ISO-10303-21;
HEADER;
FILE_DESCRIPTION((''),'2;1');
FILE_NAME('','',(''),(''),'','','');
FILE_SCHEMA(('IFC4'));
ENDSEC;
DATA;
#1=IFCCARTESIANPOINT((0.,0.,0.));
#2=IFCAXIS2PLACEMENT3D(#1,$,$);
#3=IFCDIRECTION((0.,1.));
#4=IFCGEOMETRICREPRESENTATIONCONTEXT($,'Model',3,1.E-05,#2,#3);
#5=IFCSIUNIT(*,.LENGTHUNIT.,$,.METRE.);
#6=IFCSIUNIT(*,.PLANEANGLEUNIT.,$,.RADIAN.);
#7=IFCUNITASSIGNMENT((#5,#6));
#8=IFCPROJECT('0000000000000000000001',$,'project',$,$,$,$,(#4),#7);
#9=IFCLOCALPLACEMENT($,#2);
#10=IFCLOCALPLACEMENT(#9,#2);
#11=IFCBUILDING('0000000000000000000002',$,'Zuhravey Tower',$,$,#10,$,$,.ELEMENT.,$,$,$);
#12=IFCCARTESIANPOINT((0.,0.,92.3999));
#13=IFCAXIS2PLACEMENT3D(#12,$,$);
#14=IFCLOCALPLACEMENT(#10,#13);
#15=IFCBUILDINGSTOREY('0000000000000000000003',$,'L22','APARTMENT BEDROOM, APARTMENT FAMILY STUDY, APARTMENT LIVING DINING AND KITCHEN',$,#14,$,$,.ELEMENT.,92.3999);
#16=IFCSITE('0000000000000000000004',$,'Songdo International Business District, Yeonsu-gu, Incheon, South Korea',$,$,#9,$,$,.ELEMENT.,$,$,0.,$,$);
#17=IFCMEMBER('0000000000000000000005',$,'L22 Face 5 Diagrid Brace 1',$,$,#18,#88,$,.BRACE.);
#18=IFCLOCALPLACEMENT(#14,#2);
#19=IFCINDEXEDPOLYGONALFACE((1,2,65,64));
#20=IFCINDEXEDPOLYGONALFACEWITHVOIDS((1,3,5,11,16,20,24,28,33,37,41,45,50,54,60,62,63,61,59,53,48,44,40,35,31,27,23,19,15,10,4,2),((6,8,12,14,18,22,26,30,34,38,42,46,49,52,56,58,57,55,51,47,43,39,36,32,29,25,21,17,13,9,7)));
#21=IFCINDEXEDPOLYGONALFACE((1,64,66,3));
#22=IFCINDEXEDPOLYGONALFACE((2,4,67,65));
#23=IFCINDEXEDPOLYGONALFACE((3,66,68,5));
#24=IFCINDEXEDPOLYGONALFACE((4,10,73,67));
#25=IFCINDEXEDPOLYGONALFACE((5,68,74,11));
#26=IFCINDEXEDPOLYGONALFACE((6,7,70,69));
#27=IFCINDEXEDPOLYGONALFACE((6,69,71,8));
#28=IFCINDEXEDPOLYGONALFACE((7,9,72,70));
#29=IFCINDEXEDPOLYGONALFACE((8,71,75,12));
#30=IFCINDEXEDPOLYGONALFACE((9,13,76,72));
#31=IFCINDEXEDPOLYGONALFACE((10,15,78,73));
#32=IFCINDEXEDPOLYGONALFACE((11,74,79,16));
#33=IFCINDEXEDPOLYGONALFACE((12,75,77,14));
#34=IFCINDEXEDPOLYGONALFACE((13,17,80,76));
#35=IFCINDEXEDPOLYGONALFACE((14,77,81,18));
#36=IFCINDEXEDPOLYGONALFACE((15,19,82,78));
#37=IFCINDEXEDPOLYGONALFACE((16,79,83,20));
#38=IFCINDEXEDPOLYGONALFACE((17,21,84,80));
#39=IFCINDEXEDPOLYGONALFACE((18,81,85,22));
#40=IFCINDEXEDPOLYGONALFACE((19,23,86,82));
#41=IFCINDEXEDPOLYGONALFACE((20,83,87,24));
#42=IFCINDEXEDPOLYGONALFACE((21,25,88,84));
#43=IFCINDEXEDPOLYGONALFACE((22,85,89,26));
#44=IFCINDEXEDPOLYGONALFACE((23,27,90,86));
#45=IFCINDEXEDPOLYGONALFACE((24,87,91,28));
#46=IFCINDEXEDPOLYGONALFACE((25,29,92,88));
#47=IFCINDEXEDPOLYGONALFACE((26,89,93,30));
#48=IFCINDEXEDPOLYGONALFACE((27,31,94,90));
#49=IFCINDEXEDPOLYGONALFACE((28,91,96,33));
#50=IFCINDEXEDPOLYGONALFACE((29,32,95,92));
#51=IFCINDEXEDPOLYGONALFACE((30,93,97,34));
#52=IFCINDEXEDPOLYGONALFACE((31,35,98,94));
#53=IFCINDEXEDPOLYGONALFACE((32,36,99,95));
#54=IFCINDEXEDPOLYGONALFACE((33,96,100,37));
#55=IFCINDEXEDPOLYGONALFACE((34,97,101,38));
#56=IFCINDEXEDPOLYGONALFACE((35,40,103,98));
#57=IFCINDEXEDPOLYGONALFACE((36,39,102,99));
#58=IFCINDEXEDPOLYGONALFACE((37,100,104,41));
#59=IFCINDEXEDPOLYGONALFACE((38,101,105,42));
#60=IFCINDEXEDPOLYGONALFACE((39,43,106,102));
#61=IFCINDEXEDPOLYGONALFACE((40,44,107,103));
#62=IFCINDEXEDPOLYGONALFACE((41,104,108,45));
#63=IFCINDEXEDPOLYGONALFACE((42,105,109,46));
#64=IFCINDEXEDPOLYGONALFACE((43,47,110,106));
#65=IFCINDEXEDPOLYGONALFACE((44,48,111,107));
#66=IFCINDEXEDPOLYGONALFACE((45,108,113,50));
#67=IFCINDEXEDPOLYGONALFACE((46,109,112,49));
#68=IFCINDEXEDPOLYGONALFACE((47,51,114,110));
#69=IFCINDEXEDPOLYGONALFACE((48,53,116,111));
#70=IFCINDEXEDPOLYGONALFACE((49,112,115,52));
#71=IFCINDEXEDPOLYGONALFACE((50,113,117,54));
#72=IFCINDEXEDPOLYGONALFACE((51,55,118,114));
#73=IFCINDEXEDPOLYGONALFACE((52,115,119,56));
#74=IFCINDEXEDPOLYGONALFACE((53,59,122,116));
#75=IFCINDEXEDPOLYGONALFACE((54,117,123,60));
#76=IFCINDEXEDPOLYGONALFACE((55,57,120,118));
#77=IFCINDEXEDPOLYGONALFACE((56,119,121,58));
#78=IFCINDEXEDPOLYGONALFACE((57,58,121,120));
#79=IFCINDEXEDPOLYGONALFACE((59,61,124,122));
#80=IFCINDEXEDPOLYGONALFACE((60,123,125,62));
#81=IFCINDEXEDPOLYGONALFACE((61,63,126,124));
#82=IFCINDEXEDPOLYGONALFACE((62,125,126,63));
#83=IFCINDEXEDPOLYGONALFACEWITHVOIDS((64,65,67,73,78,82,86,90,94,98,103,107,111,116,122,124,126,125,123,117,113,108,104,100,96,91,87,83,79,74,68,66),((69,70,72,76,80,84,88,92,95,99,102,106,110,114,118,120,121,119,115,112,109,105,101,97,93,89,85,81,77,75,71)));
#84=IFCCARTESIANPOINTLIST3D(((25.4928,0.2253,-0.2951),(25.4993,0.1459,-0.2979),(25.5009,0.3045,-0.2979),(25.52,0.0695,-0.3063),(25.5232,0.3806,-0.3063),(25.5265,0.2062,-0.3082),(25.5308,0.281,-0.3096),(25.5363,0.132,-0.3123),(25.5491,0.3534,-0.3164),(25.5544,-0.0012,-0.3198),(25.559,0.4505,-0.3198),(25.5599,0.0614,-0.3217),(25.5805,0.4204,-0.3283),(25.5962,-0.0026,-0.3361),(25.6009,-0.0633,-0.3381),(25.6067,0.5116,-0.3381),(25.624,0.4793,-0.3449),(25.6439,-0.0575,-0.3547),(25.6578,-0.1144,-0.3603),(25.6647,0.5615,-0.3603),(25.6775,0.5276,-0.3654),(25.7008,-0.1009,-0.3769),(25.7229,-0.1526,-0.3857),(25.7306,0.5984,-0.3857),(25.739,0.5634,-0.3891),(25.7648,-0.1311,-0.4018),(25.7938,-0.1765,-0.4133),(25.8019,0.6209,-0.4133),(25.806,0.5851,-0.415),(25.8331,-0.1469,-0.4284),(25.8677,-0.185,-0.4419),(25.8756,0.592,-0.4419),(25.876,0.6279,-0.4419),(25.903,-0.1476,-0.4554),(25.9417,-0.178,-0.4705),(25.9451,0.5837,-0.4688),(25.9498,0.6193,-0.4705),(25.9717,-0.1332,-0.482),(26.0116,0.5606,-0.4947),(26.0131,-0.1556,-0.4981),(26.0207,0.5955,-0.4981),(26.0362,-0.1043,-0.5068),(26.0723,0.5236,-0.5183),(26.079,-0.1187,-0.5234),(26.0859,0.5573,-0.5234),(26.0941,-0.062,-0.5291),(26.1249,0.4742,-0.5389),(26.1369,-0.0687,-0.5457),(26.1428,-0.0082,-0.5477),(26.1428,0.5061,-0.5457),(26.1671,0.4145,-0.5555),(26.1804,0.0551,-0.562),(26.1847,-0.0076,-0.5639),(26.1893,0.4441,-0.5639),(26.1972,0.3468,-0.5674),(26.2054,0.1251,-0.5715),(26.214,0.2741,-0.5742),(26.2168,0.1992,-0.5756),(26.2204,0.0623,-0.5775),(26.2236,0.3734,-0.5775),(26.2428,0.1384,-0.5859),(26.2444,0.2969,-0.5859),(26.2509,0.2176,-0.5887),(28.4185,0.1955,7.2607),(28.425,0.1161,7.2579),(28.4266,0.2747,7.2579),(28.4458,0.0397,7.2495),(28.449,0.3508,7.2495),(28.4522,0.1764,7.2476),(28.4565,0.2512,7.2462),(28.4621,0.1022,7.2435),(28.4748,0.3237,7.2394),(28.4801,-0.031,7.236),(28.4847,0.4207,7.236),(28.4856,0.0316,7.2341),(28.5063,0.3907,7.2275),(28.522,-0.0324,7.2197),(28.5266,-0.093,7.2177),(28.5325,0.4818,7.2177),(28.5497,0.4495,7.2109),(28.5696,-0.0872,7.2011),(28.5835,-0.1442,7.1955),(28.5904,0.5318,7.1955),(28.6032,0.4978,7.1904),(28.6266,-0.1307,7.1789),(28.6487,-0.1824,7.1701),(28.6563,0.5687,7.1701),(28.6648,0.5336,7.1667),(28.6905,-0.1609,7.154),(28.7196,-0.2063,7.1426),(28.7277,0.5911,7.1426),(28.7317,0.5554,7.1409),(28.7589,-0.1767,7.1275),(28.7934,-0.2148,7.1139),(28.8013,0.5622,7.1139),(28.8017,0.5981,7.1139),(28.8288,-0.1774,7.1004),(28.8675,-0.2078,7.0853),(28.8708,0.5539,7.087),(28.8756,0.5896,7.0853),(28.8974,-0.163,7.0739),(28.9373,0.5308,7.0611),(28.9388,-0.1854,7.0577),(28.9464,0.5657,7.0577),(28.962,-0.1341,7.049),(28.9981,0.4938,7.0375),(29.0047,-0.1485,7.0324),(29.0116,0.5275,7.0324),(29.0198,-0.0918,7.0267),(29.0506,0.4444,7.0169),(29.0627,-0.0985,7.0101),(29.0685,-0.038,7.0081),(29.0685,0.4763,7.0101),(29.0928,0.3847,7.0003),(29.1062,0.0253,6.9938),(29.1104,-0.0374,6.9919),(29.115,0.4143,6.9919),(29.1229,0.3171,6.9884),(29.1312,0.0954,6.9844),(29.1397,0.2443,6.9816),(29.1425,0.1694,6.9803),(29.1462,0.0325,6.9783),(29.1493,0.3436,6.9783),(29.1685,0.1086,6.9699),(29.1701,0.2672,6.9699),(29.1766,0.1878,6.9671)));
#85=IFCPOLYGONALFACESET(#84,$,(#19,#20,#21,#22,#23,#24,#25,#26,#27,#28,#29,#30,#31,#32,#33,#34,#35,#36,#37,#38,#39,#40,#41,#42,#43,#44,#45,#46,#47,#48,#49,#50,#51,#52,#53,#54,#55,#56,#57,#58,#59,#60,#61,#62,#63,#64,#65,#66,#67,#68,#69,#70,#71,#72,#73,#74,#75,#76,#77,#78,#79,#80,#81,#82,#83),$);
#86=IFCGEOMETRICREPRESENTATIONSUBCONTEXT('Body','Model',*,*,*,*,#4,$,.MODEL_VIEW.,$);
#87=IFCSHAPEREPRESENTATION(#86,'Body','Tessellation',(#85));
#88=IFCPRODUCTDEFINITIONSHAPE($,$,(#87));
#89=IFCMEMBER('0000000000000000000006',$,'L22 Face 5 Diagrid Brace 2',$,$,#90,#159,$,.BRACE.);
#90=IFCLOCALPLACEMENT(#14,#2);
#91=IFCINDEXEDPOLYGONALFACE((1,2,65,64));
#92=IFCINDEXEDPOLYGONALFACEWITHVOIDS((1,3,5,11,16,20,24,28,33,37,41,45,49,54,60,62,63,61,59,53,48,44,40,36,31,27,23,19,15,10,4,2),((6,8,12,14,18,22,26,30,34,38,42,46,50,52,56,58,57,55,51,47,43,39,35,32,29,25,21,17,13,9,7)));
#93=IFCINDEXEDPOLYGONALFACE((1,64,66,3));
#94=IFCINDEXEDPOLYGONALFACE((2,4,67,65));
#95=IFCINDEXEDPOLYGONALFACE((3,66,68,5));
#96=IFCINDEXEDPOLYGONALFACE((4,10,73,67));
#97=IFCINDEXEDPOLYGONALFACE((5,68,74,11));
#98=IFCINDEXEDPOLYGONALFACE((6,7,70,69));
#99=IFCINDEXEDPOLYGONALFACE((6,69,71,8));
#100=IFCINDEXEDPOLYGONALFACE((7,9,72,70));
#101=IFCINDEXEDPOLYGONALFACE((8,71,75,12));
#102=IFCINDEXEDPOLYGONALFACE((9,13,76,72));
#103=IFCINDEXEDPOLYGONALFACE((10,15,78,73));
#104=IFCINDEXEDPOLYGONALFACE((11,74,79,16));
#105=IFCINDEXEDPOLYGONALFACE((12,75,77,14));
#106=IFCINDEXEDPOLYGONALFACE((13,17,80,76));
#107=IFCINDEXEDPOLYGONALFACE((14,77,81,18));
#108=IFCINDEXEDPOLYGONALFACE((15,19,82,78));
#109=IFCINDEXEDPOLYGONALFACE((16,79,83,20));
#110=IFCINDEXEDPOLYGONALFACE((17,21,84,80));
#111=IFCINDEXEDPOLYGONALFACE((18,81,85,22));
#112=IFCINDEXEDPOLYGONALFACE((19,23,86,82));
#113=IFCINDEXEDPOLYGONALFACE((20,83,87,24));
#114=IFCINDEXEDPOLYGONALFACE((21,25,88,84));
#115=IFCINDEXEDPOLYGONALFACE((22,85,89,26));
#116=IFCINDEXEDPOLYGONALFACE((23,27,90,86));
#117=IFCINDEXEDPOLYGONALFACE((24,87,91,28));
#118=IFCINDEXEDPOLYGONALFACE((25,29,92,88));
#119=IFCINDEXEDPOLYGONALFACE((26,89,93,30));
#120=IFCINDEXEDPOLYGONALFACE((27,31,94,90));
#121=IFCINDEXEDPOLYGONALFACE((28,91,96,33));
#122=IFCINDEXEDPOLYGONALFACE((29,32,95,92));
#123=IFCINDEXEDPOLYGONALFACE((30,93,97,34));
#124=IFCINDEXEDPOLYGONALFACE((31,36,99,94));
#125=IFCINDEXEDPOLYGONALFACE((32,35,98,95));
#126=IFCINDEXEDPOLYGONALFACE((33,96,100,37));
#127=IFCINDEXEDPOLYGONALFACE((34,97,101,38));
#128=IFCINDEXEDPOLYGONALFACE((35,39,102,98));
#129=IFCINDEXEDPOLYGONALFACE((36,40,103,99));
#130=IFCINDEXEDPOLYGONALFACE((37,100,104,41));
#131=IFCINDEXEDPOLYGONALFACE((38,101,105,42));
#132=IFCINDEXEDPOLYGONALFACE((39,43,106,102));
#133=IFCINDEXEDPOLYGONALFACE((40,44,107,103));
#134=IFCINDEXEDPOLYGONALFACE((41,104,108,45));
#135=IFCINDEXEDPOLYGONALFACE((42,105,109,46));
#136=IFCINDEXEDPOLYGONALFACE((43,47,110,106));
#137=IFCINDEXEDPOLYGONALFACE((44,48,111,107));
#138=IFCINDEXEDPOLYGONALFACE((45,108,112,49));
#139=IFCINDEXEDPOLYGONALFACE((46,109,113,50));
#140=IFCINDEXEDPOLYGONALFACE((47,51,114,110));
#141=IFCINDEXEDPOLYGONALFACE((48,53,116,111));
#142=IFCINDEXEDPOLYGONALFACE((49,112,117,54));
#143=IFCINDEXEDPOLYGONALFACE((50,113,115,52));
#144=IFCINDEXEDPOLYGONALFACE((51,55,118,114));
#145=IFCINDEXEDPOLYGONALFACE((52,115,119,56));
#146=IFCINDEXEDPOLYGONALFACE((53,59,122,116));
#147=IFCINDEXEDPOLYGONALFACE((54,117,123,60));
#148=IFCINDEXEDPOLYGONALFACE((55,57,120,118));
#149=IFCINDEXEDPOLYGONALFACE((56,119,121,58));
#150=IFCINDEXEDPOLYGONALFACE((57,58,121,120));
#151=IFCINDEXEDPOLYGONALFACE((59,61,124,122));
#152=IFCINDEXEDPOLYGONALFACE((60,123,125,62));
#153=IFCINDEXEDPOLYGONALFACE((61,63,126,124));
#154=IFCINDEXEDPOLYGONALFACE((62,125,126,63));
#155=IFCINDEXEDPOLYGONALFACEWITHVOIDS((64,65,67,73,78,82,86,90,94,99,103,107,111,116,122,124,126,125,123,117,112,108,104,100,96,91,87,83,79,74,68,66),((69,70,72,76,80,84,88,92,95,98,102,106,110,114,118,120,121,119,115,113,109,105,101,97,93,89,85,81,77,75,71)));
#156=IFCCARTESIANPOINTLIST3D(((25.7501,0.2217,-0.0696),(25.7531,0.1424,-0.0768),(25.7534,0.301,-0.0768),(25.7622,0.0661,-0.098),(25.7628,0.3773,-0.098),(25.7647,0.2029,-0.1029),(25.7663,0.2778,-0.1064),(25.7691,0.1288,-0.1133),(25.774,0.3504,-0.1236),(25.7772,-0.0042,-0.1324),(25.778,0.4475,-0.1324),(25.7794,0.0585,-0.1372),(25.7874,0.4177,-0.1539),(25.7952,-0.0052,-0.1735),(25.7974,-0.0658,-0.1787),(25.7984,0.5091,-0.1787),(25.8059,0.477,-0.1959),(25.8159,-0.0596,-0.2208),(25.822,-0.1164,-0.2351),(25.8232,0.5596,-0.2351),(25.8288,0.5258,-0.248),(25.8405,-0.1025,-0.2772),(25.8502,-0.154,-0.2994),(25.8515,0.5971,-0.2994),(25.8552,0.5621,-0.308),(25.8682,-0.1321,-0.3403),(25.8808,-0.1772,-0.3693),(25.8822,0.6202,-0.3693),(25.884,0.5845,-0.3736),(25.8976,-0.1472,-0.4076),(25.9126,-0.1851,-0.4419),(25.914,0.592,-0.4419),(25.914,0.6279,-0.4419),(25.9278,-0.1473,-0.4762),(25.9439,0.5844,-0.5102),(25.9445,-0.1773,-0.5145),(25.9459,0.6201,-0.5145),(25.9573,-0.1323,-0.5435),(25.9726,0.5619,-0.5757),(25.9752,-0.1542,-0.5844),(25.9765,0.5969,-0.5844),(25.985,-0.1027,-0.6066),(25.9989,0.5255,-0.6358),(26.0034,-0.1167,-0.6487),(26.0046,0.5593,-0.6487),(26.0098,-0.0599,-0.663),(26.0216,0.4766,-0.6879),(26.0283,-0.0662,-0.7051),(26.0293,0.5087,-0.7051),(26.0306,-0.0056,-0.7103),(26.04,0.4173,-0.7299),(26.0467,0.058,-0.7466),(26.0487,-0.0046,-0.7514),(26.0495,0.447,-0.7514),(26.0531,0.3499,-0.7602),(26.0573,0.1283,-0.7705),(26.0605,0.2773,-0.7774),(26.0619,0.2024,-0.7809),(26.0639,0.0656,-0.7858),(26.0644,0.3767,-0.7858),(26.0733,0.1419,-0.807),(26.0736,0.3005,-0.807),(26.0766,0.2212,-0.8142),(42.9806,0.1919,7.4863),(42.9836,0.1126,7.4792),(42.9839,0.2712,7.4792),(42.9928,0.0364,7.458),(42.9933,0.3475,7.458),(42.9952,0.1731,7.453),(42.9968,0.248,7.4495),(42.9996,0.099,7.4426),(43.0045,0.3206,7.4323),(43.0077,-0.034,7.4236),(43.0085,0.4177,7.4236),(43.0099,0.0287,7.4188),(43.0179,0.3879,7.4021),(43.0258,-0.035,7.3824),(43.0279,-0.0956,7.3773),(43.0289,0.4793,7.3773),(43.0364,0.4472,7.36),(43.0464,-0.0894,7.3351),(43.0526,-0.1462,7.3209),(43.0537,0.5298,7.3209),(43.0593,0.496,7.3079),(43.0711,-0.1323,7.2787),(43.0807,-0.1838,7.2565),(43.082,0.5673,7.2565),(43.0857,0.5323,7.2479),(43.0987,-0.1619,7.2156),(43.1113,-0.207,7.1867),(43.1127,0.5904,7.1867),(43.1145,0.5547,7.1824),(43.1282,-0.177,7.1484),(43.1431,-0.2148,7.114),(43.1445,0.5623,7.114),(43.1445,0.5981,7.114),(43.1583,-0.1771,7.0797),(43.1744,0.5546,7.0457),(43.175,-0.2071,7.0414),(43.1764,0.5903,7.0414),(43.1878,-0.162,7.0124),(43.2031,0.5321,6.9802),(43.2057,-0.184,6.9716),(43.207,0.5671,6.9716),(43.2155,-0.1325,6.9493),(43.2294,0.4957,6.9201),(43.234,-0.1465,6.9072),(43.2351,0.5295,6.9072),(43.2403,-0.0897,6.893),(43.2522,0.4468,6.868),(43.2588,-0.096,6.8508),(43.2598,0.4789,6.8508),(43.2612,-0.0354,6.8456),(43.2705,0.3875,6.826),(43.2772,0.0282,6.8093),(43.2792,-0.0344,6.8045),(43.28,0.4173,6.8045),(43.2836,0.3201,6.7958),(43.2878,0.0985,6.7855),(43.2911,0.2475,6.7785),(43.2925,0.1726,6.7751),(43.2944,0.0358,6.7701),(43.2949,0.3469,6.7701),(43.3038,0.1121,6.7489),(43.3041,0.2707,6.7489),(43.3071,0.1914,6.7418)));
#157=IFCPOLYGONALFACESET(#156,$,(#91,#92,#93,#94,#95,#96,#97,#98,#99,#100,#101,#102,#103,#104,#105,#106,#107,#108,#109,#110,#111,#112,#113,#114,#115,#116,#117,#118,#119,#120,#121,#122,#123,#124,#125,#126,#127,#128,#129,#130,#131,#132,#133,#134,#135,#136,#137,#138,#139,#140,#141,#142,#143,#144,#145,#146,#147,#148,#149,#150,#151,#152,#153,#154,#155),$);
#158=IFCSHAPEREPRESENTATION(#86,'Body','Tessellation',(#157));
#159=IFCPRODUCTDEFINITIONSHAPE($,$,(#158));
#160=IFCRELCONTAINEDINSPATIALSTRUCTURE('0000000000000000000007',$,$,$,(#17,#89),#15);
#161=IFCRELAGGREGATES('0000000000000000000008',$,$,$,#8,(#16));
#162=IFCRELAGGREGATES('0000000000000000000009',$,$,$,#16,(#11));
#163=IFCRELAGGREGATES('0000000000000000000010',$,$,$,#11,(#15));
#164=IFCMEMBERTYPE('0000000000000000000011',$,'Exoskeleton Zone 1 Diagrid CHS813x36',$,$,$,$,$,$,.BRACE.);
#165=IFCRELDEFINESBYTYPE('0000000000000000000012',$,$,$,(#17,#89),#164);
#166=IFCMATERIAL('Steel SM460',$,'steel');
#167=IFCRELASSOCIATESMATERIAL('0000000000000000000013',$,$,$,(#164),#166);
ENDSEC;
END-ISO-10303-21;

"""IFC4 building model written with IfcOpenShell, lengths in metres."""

from ifc_helpers import new_model, si_unit, direction, frame, origin, origin_2d, place, context, subcontext, project, spatial, hollow_circle, extrude, material, material_profile, profile_set, type_object, element, save


model = new_model("IFC4")

# Units and contexts
model_context = context("Model", 3, precision=1e-05, world=origin(), true_north=direction((0.0, 1.0)))
body_context = subcontext(model_context, "Body", "Model", "MODEL_VIEW")
ifc_project = project(units=[si_unit("LENGTHUNIT", "METRE"), si_unit("PLANEANGLEUNIT", "RADIAN")], contexts=[model_context])

# Site, building, storey
site_placement = place(None, origin())
site = spatial("IfcSite", under=ifc_project, at=site_placement, Name="Songdo International Business District, Yeonsu-gu, Incheon, South Korea", CompositionType="ELEMENT", RefElevation=0.0)
building_placement = place(site_placement, origin())
building = spatial("IfcBuilding", under=site, at=building_placement, Name="Zuhravey Tower", CompositionType="ELEMENT")
storey_placement = place(building_placement, frame((0.0, 0.0, 92.3999)))
storey = spatial("IfcBuildingStorey", under=building, at=storey_placement, Name="L22", Description="APARTMENT BEDROOM, APARTMENT FAMILY STUDY, APARTMENT LIVING DINING AND KITCHEN", CompositionType="ELEMENT", Elevation=92.3999)

# Members
ifc_material_1 = material(Name="Steel SM460", Category="steel")
ifc_material_profile_1 = material_profile(ifc_material_1, hollow_circle(Radius=0.4065, WallThickness=0.0359, at=origin_2d()), Name="CHS-812.8x36")
ifc_profile_set_1 = profile_set([ifc_material_profile_1], Name="Steel SM460")
member_type_1 = type_object("IfcMemberType", Name="Exoskeleton Zone 1 Diagrid CHS813x36", PredefinedType="BRACE", material=ifc_profile_set_1)
member_1_placement = place(storey_placement, frame((25.8718, 0.2214, -0.4419), z_axis=(0.36109, -0.003676, 0.932524), x_axis=(0.01018, 0.999948, 0.0)))
element("IfcMember", 1, at=member_1_placement, inside=storey, type_object=member_type_1, Name="L22 Face 5 Diagrid Brace 1", PredefinedType="BRACE", context=body_context, shape_type="SweptSolid", body=[
    extrude(hollow_circle(Radius=0.4065, WallThickness=0.0359, at=origin_2d()), origin(), (0.0, 0.0, 1.0), 8.1025),
])
member_2_placement = place(storey_placement, frame((25.9133, 0.2214, -0.4419), z_axis=(0.915813, -0.001583, 0.401602), x_axis=(0.001729, 0.999999, 0.0)))
element("IfcMember", 2, at=member_2_placement, inside=storey, type_object=member_type_1, Name="L22 Face 5 Diagrid Brace 2", PredefinedType="BRACE", context=body_context, shape_type="SweptSolid", body=[
    extrude(hollow_circle(Radius=0.4065, WallThickness=0.0359, at=origin_2d()), origin(), (0.0, 0.0, 1.0), 18.8145),
])

save(model, "model.ifc")
